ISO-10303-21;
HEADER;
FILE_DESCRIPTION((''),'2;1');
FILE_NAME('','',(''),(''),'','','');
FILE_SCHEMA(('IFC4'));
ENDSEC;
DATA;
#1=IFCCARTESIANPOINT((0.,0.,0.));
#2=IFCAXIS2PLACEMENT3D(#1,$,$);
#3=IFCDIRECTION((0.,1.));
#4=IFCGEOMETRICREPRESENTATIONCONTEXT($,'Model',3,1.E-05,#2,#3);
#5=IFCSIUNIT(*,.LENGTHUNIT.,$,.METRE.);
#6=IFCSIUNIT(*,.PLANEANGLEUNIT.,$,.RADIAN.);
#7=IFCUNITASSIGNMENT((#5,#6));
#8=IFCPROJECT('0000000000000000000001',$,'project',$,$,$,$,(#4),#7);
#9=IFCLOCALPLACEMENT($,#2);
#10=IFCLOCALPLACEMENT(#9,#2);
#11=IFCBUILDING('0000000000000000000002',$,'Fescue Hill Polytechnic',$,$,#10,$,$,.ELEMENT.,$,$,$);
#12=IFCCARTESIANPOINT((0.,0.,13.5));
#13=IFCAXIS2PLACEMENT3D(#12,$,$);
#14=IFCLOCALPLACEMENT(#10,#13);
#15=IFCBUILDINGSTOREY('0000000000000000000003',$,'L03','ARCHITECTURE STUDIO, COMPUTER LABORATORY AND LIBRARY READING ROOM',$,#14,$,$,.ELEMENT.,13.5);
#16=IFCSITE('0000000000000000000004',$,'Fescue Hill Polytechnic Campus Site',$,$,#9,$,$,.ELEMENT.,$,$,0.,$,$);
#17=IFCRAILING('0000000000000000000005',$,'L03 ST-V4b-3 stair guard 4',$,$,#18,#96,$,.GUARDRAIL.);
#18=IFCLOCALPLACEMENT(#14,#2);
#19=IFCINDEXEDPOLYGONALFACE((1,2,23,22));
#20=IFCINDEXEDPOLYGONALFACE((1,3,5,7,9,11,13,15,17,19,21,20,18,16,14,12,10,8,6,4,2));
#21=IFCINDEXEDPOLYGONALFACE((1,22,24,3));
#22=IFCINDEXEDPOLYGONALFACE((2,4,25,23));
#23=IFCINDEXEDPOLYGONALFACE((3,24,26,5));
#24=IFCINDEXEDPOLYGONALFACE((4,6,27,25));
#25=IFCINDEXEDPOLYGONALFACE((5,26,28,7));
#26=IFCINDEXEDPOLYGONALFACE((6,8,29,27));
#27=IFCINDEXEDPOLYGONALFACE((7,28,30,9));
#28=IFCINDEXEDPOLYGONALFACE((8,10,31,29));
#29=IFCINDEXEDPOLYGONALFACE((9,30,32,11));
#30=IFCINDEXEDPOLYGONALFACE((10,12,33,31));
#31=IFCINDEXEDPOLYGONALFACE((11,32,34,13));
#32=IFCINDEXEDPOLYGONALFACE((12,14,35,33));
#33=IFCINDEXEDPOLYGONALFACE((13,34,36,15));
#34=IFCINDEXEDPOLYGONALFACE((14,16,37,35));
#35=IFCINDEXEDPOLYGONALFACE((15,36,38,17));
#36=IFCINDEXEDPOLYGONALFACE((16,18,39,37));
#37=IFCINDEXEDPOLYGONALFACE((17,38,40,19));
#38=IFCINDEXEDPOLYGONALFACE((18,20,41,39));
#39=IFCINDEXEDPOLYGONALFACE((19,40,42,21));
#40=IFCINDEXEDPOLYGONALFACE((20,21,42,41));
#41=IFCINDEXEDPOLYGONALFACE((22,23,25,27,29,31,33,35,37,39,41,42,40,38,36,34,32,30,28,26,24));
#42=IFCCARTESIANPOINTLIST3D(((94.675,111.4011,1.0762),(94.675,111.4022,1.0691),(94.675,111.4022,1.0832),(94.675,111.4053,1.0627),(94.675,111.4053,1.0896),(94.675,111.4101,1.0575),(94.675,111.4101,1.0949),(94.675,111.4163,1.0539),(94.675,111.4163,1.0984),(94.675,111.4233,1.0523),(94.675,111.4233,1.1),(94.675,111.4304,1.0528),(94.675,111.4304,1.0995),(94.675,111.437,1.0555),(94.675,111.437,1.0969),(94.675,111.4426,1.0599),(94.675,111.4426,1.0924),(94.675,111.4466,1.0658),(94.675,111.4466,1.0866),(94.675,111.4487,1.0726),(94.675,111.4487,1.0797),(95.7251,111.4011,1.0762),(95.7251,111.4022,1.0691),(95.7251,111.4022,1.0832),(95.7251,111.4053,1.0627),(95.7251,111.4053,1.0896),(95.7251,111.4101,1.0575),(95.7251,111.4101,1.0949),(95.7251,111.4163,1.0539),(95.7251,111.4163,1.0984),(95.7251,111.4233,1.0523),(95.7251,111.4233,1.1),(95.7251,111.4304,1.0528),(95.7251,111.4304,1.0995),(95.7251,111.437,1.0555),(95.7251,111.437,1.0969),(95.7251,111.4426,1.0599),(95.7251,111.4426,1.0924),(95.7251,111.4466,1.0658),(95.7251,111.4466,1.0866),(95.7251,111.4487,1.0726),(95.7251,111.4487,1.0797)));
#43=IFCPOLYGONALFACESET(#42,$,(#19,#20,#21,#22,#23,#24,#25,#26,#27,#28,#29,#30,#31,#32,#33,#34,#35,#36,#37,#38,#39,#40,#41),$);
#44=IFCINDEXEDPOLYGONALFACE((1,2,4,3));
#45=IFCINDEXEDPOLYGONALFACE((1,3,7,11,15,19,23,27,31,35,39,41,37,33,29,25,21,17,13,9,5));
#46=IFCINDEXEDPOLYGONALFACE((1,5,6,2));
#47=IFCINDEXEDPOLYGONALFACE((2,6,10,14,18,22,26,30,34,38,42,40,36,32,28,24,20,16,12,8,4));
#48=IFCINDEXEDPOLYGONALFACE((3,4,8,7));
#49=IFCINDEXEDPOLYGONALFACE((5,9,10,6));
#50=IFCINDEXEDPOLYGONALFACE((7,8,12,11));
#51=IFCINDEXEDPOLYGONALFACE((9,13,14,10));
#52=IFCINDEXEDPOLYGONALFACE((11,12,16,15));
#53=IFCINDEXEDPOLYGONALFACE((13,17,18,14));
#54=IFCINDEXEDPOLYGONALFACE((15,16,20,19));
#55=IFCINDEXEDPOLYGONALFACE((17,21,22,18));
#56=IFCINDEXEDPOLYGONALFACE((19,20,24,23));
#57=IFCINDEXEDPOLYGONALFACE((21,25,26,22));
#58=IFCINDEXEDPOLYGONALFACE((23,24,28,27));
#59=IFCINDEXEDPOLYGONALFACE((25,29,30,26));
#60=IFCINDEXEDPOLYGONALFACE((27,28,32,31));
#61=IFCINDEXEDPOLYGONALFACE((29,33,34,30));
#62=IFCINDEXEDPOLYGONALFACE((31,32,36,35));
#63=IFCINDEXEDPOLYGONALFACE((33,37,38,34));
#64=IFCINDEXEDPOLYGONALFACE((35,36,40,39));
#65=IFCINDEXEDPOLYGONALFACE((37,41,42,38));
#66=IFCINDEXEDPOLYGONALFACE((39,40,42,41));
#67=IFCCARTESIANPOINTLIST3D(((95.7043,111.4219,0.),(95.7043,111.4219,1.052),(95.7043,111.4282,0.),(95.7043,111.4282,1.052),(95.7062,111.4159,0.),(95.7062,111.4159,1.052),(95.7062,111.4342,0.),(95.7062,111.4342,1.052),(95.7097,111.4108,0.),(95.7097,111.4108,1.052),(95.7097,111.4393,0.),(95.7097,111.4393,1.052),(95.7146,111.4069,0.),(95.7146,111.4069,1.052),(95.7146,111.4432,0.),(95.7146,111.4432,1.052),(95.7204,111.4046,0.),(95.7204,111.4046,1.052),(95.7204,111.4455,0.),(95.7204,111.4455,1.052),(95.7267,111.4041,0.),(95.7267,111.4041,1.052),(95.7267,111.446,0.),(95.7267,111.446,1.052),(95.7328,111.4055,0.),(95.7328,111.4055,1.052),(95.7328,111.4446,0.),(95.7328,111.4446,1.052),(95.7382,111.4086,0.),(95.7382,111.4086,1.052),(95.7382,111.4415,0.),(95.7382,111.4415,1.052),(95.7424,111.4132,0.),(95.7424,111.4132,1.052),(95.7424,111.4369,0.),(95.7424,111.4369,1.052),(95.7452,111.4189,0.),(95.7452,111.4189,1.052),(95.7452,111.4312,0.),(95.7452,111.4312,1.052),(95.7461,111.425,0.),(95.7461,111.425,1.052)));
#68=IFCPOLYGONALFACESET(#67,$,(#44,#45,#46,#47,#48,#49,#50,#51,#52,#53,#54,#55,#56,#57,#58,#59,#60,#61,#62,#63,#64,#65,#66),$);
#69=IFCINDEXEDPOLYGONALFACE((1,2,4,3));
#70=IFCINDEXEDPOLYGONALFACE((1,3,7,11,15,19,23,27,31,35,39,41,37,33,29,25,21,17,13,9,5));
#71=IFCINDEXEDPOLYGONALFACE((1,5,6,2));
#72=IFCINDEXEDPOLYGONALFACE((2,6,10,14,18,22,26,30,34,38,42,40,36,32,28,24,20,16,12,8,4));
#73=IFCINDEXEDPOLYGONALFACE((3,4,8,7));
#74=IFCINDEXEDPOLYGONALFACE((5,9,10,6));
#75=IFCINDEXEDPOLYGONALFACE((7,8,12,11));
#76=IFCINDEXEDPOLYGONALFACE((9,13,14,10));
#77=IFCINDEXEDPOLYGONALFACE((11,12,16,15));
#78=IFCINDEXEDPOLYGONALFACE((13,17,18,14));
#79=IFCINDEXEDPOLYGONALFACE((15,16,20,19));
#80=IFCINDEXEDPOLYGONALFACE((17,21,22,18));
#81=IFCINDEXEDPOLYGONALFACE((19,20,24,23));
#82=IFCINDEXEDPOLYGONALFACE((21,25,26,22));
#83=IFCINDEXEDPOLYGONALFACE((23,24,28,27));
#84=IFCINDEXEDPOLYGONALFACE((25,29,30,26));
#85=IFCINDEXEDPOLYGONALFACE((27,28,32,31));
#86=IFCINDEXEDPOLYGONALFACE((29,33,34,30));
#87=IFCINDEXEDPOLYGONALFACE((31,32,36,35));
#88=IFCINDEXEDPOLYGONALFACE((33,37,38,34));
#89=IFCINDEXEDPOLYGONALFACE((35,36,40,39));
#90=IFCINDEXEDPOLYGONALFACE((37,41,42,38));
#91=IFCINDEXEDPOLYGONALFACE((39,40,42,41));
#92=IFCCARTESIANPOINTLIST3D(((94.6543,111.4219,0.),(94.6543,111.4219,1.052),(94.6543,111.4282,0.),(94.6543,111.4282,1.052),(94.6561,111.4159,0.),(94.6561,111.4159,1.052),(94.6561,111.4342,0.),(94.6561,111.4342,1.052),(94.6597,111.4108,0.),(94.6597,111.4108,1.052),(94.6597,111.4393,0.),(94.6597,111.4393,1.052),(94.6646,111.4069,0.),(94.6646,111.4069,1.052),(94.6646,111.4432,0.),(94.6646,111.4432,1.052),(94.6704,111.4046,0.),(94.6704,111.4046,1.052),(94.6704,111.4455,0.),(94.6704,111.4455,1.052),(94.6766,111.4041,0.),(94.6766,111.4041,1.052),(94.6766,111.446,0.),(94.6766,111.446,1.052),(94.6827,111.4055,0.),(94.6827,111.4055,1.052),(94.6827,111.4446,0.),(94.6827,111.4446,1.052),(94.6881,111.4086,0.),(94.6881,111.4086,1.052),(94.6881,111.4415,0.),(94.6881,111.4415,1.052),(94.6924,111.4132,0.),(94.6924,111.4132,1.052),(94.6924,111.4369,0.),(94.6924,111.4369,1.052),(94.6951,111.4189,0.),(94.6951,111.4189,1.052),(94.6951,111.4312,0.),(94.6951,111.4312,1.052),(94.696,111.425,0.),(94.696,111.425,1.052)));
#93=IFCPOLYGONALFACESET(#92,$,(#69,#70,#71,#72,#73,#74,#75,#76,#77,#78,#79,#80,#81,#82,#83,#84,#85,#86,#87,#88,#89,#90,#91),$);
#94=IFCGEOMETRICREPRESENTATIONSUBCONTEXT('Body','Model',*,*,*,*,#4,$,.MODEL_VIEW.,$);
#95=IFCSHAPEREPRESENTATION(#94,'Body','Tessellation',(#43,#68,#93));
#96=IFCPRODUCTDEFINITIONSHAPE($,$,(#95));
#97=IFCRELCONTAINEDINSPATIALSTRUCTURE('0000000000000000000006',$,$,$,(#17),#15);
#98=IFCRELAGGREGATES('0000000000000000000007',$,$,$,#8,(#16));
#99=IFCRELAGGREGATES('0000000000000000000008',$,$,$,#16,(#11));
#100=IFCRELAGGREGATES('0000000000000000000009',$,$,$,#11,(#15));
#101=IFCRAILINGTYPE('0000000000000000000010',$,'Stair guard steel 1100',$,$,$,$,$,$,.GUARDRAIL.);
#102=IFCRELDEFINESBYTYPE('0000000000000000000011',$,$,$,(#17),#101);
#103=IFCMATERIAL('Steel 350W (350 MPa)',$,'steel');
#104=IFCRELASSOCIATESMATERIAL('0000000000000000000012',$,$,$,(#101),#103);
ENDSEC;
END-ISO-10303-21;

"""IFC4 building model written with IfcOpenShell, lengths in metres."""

from ifc_helpers import new_model, si_unit, direction, frame, origin, origin_2d, place, context, subcontext, project, spatial, circle, extrude, material, type_object, element, save


model = new_model("IFC4")

# Units and contexts
model_context = context("Model", 3, precision=1e-05, world=origin(), true_north=direction((0.0, 1.0)))
body_context = subcontext(model_context, "Body", "Model", "MODEL_VIEW")
ifc_project = project(units=[si_unit("LENGTHUNIT", "METRE"), si_unit("PLANEANGLEUNIT", "RADIAN")], contexts=[model_context])

# Site, building, storey
site_placement = place(None, origin())
site = spatial("IfcSite", under=ifc_project, at=site_placement, Name="Fescue Hill Polytechnic Campus Site", CompositionType="ELEMENT", RefElevation=0.0)
building_placement = place(site_placement, origin())
building = spatial("IfcBuilding", under=site, at=building_placement, Name="Fescue Hill Polytechnic", CompositionType="ELEMENT")
storey_placement = place(building_placement, frame((0.0, 0.0, 13.5)))
storey = spatial("IfcBuildingStorey", under=building, at=storey_placement, Name="L03", Description="ARCHITECTURE STUDIO, COMPUTER LABORATORY AND LIBRARY READING ROOM", CompositionType="ELEMENT", Elevation=13.5)

# Railing
ifc_material_1 = material(Name="Steel 350W (350 MPa)", Category="steel")
railing_type_1 = type_object("IfcRailingType", Name="Stair guard steel 1100", PredefinedType="GUARDRAIL", material=ifc_material_1)
railing_1_placement = place(storey_placement, frame((95.7251, 111.425, 0.0)))
element("IfcRailing", 1, at=railing_1_placement, inside=storey, type_object=railing_type_1, Name="L03 ST-V4b-3 stair guard 4", PredefinedType="GUARDRAIL", context=body_context, shape_type="SweptSolid", body=[
    extrude(circle(Radius=0.0239, at=origin_2d()), frame((0.0, 0.0, 1.0762), z_axis=(-1.0, 0.0, 0.0), x_axis=(0.0, -1.0, 0.0)), (0.0, 0.0, 1.0), 1.05),
    extrude(circle(Radius=0.021, at=origin_2d()), origin(), (0.0, 0.0, 1.0), 1.052),
    extrude(circle(Radius=0.021, at=origin_2d()), frame((-1.05, 0.0, 0.0)), (0.0, 0.0, 1.0), 1.052),
])

save(model, "model.ifc")
